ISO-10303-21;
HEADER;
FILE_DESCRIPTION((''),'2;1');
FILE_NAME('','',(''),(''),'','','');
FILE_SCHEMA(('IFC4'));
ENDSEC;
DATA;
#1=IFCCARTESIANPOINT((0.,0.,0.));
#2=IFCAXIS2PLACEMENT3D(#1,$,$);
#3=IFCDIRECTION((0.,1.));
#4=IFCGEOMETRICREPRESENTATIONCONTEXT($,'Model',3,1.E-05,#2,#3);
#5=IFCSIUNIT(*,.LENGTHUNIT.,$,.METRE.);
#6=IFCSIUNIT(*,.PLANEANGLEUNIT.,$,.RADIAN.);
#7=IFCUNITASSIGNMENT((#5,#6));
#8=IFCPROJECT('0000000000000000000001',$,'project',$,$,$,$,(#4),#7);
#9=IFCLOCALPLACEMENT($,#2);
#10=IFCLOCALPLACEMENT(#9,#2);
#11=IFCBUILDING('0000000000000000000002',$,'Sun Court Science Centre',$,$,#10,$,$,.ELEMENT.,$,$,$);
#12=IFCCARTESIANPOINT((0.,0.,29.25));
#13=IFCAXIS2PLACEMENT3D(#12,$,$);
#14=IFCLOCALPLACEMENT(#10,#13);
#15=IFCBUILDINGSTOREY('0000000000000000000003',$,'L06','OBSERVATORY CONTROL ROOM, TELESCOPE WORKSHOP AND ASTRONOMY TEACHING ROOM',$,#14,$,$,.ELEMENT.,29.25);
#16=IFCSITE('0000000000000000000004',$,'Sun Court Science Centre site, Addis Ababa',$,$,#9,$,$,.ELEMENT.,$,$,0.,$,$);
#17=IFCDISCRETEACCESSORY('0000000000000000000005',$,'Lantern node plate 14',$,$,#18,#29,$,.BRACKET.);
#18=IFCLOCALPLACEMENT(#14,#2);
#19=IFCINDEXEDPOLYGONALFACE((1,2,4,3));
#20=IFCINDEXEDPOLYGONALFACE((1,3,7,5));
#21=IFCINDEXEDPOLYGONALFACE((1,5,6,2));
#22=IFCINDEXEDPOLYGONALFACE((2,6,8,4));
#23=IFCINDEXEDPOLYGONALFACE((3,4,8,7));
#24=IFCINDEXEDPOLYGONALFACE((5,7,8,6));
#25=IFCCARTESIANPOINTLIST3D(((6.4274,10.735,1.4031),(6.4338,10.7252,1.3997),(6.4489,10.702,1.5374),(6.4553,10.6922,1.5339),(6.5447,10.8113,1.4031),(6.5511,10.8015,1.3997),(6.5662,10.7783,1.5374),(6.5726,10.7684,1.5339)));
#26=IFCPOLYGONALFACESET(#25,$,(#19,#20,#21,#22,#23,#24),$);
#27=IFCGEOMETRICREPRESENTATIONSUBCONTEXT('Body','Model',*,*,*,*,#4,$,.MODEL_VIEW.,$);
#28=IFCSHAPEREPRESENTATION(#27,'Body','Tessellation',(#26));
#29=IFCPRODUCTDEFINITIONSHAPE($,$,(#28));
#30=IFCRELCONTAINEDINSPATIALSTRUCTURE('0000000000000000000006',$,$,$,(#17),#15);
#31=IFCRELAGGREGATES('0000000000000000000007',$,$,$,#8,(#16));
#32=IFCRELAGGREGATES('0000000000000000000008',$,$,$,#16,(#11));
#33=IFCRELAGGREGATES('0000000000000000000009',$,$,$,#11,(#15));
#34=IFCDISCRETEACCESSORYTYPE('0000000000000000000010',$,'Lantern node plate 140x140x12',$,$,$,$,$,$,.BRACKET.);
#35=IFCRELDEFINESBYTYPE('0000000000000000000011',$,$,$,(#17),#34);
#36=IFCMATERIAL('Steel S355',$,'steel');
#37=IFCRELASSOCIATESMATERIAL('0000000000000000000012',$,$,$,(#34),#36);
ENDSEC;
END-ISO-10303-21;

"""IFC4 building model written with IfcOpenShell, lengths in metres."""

from ifc_helpers import new_model, si_unit, direction, frame, origin, origin_2d, place, context, subcontext, project, spatial, rectangle, extrude, material, material_profile, profile_set, type_object, element, save


model = new_model("IFC4")

# Units and contexts
model_context = context("Model", 3, precision=1e-05, world=origin(), true_north=direction((0.0, 1.0)))
body_context = subcontext(model_context, "Body", "Model", "MODEL_VIEW")
ifc_project = project(units=[si_unit("LENGTHUNIT", "METRE"), si_unit("PLANEANGLEUNIT", "RADIAN")], contexts=[model_context])

# Site, building, storey
site_placement = place(None, origin())
site = spatial("IfcSite", under=ifc_project, at=site_placement, Name="Sun Court Science Centre site, Addis Ababa", CompositionType="ELEMENT", RefElevation=0.0)
building_placement = place(site_placement, origin())
building = spatial("IfcBuilding", under=site, at=building_placement, Name="Sun Court Science Centre", CompositionType="ELEMENT")
storey_placement = place(building_placement, frame((0.0, 0.0, 29.25)))
storey = spatial("IfcBuildingStorey", under=building, at=storey_placement, Name="L06", Description="OBSERVATORY CONTROL ROOM, TELESCOPE WORKSHOP AND ASTRONOMY TEACHING ROOM", CompositionType="ELEMENT", Elevation=29.25)

# Discrete accessory
ifc_material_1 = material(Name="Steel S355", Category="steel")
ifc_material_profile_1 = material_profile(ifc_material_1, rectangle(XDim=0.1399, YDim=0.1399, at=origin_2d()), Name="PL 140x140")
ifc_profile_set_1 = profile_set([ifc_material_profile_1], Name="Steel S355")
discrete_accessory_type = type_object("IfcDiscreteAccessoryType", Name="Lantern node plate 140x140x12", PredefinedType="BRACKET", material=ifc_profile_set_1)
for number, where, z_axis, x_axis, name in (
    (1, (6.5032, 10.7468, 1.4668), (-0.522937, 0.804518, 0.281581), (-0.838444, -0.544988, 0.0), "Lantern node plate 14"),
):
    element("IfcDiscreteAccessory", number, at=place(storey_placement, frame(where, z_axis=z_axis, x_axis=x_axis)), inside=storey, type_object=discrete_accessory_type, Name=name, PredefinedType="BRACKET", context=body_context, shape_type="SweptSolid", body=[
        extrude(rectangle(XDim=0.1399, YDim=0.1399, at=origin_2d()), origin(), (0.0, 0.0, 1.0), 0.0122),
    ])

save(model, "model.ifc")
